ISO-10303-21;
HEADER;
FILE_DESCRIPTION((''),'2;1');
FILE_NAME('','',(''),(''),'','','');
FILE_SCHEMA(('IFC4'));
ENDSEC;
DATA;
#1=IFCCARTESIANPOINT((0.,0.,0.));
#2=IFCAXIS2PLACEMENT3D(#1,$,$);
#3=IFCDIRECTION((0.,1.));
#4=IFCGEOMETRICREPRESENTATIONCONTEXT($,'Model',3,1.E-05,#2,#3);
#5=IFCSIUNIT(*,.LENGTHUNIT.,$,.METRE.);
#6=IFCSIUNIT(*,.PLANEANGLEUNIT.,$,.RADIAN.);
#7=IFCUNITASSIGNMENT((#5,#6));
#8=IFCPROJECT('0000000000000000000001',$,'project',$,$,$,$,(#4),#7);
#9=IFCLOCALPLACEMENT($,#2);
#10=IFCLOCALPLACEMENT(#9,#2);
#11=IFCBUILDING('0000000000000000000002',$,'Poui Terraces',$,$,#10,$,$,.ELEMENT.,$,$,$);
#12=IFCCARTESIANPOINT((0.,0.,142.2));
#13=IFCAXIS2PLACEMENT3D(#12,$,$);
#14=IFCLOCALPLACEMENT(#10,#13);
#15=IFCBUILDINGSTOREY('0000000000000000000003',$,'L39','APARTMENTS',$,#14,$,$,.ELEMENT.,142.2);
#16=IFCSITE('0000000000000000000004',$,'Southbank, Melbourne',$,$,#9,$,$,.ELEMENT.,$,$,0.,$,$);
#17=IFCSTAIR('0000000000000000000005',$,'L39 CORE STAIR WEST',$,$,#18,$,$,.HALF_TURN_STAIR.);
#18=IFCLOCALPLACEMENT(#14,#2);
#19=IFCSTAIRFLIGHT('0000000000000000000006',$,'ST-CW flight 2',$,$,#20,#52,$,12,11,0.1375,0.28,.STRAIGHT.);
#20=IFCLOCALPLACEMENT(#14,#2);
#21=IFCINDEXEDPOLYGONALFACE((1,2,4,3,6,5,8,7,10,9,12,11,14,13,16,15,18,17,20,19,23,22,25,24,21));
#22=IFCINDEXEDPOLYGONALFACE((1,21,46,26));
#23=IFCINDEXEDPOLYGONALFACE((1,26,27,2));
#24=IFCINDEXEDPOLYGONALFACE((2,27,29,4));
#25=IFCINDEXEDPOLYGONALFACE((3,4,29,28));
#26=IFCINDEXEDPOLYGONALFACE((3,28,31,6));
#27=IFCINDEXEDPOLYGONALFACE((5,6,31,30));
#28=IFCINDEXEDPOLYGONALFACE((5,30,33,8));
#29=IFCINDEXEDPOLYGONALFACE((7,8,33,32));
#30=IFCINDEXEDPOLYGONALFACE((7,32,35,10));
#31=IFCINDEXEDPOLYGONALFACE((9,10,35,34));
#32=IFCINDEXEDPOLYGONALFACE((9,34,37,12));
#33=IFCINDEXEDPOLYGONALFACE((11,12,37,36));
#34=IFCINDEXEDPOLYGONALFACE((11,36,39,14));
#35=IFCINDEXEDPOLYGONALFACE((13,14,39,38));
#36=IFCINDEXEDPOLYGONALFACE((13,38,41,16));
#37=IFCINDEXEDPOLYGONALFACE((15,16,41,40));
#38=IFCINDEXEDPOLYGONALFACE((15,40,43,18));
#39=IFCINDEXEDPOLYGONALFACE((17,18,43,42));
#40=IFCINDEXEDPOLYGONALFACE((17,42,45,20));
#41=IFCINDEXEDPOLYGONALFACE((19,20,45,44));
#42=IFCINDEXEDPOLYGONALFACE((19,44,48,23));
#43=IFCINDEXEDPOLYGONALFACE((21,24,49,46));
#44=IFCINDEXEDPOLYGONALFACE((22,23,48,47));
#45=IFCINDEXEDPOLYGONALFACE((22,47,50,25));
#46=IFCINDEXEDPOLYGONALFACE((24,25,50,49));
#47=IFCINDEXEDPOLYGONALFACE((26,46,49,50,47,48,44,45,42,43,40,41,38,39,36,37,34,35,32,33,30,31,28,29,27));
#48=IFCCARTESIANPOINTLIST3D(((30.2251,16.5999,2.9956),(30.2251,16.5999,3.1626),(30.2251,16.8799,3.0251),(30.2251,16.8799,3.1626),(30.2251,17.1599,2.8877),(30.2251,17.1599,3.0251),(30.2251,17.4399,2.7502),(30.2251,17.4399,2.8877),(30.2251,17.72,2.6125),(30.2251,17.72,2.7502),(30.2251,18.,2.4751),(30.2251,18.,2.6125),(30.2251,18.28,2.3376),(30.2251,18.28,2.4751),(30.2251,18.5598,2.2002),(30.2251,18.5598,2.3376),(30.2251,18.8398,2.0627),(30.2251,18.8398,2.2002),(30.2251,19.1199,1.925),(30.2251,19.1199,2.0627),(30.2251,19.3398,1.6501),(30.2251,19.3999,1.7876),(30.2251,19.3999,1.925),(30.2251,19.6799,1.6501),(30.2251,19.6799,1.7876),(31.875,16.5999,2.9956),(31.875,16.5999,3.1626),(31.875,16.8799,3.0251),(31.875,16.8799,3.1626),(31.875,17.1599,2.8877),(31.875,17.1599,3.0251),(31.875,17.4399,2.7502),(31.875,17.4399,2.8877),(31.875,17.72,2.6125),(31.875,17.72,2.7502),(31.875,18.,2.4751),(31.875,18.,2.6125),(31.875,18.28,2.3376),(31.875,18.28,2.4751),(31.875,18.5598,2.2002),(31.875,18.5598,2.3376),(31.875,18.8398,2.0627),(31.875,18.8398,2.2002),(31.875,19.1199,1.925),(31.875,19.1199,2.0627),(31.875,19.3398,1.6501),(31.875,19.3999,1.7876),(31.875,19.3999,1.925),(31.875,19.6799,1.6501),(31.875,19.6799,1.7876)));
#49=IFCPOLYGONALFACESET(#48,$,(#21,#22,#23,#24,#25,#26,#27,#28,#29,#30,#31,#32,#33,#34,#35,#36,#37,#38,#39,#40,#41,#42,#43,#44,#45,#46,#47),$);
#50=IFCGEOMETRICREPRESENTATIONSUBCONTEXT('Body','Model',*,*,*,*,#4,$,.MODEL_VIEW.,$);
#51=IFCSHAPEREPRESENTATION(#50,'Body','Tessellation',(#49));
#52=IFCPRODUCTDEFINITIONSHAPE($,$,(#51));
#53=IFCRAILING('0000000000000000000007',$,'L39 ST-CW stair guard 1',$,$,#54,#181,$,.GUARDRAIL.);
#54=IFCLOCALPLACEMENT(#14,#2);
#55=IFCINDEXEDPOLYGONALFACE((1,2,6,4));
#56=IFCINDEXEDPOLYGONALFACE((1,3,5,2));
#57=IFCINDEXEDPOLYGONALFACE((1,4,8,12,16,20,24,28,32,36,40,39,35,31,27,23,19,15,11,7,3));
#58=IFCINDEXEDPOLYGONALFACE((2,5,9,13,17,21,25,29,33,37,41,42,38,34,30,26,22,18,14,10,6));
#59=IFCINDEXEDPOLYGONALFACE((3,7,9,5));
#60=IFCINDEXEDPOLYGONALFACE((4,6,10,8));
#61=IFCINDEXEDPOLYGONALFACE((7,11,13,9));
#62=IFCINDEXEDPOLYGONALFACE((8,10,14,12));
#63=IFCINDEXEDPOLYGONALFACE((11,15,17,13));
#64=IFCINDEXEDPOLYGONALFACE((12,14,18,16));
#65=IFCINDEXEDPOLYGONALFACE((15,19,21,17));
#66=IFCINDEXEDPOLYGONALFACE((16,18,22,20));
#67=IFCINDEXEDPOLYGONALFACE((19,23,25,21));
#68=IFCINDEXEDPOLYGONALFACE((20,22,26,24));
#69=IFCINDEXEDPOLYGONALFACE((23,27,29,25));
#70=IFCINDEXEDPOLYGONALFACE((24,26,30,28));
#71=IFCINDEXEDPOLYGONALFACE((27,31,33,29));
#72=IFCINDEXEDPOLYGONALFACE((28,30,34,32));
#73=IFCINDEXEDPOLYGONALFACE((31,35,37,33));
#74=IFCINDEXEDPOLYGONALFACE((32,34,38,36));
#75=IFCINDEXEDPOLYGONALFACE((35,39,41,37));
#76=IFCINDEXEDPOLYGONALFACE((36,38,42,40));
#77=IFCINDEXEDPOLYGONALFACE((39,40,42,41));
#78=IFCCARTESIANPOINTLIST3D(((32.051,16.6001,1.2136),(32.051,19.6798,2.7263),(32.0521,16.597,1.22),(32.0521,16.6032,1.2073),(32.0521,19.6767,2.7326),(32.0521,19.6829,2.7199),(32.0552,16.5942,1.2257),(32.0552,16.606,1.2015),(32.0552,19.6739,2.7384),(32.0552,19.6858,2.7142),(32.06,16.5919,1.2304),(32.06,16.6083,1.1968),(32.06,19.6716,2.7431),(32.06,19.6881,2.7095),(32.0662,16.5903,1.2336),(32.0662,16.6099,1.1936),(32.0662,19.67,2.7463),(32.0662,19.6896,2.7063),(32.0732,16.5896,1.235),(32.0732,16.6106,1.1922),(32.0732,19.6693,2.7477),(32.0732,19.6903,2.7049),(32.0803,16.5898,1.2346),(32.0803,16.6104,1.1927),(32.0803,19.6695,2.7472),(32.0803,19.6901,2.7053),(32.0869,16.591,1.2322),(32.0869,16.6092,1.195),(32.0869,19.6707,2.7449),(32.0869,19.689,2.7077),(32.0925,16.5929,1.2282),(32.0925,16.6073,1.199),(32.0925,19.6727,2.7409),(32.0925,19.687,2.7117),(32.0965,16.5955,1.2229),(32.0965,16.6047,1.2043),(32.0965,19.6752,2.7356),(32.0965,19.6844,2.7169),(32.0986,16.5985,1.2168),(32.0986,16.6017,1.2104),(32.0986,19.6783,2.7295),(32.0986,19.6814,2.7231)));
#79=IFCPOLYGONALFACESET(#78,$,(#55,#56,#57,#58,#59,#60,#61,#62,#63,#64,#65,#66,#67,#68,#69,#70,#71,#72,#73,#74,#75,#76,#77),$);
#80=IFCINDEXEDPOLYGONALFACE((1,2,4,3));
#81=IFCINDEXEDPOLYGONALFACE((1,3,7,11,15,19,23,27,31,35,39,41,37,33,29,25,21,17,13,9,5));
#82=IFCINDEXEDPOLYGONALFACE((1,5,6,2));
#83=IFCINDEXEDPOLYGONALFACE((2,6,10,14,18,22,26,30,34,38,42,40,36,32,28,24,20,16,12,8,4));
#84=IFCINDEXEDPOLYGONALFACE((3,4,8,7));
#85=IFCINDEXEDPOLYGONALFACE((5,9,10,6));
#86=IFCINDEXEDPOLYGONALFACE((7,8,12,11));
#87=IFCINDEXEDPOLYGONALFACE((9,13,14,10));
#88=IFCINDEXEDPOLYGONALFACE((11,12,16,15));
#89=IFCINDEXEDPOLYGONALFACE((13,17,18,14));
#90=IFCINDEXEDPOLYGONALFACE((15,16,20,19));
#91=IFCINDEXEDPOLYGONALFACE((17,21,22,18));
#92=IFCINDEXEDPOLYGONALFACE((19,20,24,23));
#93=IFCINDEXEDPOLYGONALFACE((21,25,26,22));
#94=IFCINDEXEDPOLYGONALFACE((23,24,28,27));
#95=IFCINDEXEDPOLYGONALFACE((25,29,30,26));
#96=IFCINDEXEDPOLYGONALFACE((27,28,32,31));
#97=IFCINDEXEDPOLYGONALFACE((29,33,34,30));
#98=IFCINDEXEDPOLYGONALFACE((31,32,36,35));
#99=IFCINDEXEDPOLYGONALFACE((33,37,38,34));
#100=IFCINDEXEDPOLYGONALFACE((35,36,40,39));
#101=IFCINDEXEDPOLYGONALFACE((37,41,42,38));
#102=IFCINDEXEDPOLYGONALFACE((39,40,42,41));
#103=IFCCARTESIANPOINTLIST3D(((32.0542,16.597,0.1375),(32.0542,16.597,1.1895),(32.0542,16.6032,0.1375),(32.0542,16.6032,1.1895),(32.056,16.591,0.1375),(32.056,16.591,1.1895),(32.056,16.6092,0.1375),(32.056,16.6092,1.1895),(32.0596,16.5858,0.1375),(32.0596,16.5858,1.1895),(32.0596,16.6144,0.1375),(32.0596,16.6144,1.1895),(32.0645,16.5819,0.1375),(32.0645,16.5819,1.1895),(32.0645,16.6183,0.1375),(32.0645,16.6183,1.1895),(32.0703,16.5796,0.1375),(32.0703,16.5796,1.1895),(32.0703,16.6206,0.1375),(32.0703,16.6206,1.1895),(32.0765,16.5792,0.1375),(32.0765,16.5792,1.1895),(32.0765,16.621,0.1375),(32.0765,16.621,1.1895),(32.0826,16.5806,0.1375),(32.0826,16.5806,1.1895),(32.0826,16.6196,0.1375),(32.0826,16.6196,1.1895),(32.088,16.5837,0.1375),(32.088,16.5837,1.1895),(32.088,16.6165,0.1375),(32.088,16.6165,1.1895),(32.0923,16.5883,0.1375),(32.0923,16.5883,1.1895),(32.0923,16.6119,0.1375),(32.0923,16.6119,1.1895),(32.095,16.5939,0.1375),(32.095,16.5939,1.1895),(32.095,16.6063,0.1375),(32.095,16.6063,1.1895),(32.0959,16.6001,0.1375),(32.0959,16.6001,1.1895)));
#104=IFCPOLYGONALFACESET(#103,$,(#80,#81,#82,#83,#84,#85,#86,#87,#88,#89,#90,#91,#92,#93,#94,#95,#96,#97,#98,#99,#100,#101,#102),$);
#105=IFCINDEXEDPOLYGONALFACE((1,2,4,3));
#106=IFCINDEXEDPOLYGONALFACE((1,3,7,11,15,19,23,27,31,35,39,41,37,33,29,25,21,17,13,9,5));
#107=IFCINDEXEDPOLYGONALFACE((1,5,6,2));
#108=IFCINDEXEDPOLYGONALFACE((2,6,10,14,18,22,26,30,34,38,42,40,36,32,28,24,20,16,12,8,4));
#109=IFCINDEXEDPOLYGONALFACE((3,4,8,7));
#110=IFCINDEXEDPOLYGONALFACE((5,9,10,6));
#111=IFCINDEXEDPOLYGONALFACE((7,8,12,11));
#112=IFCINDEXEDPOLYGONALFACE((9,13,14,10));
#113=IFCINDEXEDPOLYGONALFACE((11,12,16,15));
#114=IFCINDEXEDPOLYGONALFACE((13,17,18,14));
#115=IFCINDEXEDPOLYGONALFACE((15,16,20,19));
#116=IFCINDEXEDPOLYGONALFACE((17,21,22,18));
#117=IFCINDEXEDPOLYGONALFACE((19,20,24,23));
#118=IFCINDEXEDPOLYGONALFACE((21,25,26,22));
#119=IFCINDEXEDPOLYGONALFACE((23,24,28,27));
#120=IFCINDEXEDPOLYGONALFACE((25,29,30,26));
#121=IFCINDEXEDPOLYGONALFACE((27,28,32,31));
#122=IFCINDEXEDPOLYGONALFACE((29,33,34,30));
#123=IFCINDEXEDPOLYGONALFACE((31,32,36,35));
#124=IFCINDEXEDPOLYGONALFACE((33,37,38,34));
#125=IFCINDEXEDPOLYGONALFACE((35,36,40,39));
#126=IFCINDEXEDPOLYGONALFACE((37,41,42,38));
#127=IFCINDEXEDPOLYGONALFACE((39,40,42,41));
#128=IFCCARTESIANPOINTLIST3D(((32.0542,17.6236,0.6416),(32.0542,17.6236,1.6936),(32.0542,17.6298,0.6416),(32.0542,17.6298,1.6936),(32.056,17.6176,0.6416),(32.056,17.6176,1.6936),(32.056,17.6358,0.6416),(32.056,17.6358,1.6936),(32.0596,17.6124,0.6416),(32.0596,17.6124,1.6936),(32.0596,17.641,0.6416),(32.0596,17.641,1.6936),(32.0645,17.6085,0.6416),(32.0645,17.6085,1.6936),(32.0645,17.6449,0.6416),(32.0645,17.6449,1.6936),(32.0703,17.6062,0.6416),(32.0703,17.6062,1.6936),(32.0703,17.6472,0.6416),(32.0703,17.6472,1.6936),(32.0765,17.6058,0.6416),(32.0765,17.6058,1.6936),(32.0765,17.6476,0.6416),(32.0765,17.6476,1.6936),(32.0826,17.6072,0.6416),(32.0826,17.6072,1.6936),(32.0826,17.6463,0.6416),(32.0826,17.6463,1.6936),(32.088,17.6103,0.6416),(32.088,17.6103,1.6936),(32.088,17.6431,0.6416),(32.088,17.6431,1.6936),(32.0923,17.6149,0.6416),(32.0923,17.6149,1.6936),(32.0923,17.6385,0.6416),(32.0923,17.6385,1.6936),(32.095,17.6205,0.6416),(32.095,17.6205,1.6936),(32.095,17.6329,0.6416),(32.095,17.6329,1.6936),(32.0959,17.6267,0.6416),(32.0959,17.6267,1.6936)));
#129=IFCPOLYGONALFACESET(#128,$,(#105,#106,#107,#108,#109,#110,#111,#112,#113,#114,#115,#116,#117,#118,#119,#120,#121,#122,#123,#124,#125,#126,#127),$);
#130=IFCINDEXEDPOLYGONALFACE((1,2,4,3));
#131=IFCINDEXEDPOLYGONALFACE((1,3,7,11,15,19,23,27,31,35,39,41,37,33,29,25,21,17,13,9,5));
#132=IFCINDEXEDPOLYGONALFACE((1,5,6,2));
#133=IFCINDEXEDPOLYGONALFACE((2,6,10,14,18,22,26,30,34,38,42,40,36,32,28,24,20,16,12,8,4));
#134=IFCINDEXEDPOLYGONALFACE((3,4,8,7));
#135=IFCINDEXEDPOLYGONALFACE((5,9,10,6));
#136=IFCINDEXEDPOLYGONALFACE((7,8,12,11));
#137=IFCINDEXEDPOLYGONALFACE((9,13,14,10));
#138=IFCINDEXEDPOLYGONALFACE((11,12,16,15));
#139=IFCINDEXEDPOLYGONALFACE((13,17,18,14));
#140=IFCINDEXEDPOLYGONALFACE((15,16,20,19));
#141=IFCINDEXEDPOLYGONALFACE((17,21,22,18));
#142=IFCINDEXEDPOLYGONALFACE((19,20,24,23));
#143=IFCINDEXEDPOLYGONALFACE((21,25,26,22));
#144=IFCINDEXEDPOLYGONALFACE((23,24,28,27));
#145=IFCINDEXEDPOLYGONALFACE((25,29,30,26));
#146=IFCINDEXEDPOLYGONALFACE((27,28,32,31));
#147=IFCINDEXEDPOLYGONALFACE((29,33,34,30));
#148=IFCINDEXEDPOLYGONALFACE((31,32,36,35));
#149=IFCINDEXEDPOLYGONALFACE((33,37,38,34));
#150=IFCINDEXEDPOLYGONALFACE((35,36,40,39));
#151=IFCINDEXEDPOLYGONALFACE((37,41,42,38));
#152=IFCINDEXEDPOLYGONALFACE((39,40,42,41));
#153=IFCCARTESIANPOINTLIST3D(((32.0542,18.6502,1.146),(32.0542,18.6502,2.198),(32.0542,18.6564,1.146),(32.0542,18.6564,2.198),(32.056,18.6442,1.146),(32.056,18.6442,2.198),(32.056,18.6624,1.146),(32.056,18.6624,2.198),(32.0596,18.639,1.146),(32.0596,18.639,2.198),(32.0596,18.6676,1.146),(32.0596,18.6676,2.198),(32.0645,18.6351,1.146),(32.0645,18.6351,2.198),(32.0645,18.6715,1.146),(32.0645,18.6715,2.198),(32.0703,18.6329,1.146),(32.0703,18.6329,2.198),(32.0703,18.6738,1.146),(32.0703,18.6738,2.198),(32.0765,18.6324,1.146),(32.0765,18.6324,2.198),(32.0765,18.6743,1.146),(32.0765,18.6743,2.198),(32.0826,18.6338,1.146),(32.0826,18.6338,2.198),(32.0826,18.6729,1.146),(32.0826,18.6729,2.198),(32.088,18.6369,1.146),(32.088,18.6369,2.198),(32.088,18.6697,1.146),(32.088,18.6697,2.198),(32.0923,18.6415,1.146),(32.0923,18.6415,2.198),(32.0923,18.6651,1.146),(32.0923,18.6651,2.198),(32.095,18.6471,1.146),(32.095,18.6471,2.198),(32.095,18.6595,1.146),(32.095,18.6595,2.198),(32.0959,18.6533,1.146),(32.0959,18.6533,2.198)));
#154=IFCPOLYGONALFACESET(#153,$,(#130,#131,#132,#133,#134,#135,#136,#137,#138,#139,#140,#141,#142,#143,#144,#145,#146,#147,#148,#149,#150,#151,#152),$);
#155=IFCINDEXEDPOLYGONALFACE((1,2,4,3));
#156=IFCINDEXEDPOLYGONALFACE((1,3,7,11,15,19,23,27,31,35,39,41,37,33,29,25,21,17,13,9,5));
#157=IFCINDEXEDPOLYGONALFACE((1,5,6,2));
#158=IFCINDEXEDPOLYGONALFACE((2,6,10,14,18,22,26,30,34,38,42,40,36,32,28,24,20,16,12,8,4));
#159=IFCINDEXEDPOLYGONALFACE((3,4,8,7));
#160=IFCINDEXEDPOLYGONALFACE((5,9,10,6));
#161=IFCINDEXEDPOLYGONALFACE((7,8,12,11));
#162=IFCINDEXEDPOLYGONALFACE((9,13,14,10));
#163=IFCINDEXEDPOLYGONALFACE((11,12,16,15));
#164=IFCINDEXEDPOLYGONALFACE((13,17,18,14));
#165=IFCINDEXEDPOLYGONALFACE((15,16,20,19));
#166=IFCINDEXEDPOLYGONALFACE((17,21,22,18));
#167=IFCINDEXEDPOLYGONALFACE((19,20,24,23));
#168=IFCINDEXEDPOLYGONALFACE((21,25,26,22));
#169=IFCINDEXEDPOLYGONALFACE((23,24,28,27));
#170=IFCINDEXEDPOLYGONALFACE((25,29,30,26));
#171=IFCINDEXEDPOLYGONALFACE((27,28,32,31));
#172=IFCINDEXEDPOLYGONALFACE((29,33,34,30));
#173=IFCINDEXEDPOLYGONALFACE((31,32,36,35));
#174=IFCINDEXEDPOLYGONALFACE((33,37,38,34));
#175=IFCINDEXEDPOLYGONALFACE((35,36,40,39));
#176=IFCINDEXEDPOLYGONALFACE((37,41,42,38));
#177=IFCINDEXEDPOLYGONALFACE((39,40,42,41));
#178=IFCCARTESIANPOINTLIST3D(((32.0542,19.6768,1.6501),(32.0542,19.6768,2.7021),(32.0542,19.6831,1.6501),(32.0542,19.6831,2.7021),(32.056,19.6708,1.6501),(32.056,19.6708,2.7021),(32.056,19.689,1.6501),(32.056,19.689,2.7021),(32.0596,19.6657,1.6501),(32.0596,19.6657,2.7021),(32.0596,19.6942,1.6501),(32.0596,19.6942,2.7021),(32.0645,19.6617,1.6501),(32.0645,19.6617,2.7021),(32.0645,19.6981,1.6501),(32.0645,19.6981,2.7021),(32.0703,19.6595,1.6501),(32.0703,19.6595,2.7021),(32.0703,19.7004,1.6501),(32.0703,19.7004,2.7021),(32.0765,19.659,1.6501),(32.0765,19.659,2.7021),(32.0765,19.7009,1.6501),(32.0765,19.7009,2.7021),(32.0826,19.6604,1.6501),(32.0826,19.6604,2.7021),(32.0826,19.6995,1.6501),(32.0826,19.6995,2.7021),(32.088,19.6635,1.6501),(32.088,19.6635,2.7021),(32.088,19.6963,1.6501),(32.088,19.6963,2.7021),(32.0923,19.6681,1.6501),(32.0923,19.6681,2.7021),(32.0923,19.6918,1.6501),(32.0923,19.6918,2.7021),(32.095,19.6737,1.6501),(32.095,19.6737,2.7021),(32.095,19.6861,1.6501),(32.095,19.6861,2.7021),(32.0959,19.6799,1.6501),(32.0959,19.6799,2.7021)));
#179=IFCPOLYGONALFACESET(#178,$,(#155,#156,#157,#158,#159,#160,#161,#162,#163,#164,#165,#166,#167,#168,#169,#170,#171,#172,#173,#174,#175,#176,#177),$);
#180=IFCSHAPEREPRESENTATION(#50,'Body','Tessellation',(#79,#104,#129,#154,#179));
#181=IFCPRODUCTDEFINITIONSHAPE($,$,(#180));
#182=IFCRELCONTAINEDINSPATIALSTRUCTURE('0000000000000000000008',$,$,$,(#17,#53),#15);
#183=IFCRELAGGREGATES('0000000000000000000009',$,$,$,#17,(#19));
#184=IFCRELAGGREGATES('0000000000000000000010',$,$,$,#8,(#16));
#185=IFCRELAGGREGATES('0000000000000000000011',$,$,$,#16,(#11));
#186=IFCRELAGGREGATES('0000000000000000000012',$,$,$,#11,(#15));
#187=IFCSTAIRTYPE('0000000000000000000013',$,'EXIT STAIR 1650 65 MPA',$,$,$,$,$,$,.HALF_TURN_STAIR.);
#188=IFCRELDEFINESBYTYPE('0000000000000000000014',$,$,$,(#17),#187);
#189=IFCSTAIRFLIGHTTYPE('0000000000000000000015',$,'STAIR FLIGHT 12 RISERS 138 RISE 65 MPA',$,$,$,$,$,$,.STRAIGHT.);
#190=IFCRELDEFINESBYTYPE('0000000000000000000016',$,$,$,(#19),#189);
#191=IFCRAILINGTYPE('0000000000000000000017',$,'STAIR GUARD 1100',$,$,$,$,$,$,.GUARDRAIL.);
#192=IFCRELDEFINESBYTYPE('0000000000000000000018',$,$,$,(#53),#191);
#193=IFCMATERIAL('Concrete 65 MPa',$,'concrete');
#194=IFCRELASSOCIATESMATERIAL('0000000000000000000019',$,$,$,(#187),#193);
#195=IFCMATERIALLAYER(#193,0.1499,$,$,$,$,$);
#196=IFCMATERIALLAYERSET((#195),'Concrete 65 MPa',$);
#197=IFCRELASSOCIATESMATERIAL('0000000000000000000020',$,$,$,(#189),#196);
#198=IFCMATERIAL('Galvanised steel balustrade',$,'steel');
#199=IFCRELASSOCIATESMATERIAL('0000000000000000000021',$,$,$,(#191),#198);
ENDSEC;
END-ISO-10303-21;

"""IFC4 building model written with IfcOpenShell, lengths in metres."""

from ifc_helpers import new_model, si_unit, direction, frame, origin, origin_2d, place, context, subcontext, project, spatial, polyline, circle, outline, extrude, material, layer, layer_set, type_object, element, aggregate, save


model = new_model("IFC4")

# Units and contexts
model_context = context("Model", 3, precision=1e-05, world=origin(), true_north=direction((0.0, 1.0)))
body_context = subcontext(model_context, "Body", "Model", "MODEL_VIEW")
ifc_project = project(units=[si_unit("LENGTHUNIT", "METRE"), si_unit("PLANEANGLEUNIT", "RADIAN")], contexts=[model_context])

# Site, building, storey
site_placement = place(None, origin())
site = spatial("IfcSite", under=ifc_project, at=site_placement, Name="Southbank, Melbourne", CompositionType="ELEMENT", RefElevation=0.0)
building_placement = place(site_placement, origin())
building = spatial("IfcBuilding", under=site, at=building_placement, Name="Poui Terraces", CompositionType="ELEMENT")
storey_placement = place(building_placement, frame((0.0, 0.0, 142.2)))
storey = spatial("IfcBuildingStorey", under=building, at=storey_placement, Name="L39", Description="APARTMENTS", CompositionType="ELEMENT", Elevation=142.2)

# Shared definitions
ifc_material_1 = material(Name="Concrete 65 MPa", Category="concrete")

# Stair, stair flight
stair_type = type_object("IfcStairType", Name="EXIT STAIR 1650 65 MPA", PredefinedType="HALF_TURN_STAIR", material=ifc_material_1)
stair_placement = place(storey_placement, origin())
stair = element("IfcStair", 1, at=stair_placement, inside=storey, type_object=stair_type, Name="L39 CORE STAIR WEST", PredefinedType="HALF_TURN_STAIR")
ifc_layer_1 = layer(ifc_material_1, 0.1499)
ifc_layer_set_1 = layer_set([ifc_layer_1], Name="Concrete 65 MPa")
stair_flight_type = type_object("IfcStairFlightType", Name="STAIR FLIGHT 12 RISERS 138 RISE 65 MPA", PredefinedType="STRAIGHT", material=ifc_layer_set_1)
stair_flight_1_placement = place(storey_placement, frame((31.05, 19.6799, 1.6501), z_axis=(0.0, 0.0, 1.0), x_axis=(0.0, -1.0, 0.0)))
stair_flight_1 = element("IfcStairFlight", 2, at=stair_flight_1_placement, type_object=stair_flight_type, Name="ST-CW flight 2", NumberOfRisers=12, NumberOfTreads=11, PredefinedType="STRAIGHT", RiserHeight=0.1375, TreadLength=0.28, context=body_context, shape_type="SweptSolid", body=[
    extrude(outline(polyline([(0.0, 0.0), (0.0, 0.1375), (0.28, 0.1375), (0.28, 0.2749), (0.5601, 0.2749), (0.5601, 0.4126), (0.8401, 0.4126), (0.8401, 0.55), (1.1201, 0.55), (1.1201, 0.6875), (1.3999, 0.6875), (1.3999, 0.825), (1.6799, 0.825), (1.6799, 0.9624), (1.96, 0.9624), (1.96, 1.1001), (2.24, 1.1001), (2.24, 1.2375), (2.52, 1.2375), (2.52, 1.375), (2.8, 1.375), (2.8, 1.5125), (3.0801, 1.5125), (3.0801, 1.6499), (3.0801, 1.3455), (0.3401, 0.0), (0.0, 0.0)])), frame((0.0, 0.825, 0.0), z_axis=(0.0, -1.0, 0.0), x_axis=(1.0, 0.0, 0.0)), (0.0, 0.0, 1.0), 1.6499),
])
aggregate(stair, [stair_flight_1])

# Railing
ifc_material_2 = material(Name="Galvanised steel balustrade", Category="steel")
railing_type_1 = type_object("IfcRailingType", Name="STAIR GUARD 1100", PredefinedType="GUARDRAIL", material=ifc_material_2)
railing_1_placement = place(storey_placement, frame((32.075, 16.6001, 0.1375)))
element("IfcRailing", 3, at=railing_1_placement, inside=storey, type_object=railing_type_1, Name="L39 ST-CW stair guard 1", PredefinedType="GUARDRAIL", context=body_context, shape_type="SweptSolid", body=[
    extrude(circle(Radius=0.0239, at=origin_2d()), frame((0.0, 0.0, 1.0762), z_axis=(0.0, 0.897578, 0.440856), x_axis=(-1.0, 0.0, 0.0)), (0.0, 0.0, 1.0), 3.4312),
    extrude(circle(Radius=0.021, at=origin_2d()), origin(), (0.0, 0.0, 1.0), 1.052),
    extrude(circle(Radius=0.021, at=origin_2d()), frame((0.0, 1.0266, 0.5042)), (0.0, 0.0, 1.0), 1.052),
    extrude(circle(Radius=0.021, at=origin_2d()), frame((0.0, 2.0532, 1.0085)), (0.0, 0.0, 1.0), 1.052),
    extrude(circle(Radius=0.021, at=origin_2d()), frame((0.0, 3.0798, 1.5127)), (0.0, 0.0, 1.0), 1.052),
])

save(model, "model.ifc")
